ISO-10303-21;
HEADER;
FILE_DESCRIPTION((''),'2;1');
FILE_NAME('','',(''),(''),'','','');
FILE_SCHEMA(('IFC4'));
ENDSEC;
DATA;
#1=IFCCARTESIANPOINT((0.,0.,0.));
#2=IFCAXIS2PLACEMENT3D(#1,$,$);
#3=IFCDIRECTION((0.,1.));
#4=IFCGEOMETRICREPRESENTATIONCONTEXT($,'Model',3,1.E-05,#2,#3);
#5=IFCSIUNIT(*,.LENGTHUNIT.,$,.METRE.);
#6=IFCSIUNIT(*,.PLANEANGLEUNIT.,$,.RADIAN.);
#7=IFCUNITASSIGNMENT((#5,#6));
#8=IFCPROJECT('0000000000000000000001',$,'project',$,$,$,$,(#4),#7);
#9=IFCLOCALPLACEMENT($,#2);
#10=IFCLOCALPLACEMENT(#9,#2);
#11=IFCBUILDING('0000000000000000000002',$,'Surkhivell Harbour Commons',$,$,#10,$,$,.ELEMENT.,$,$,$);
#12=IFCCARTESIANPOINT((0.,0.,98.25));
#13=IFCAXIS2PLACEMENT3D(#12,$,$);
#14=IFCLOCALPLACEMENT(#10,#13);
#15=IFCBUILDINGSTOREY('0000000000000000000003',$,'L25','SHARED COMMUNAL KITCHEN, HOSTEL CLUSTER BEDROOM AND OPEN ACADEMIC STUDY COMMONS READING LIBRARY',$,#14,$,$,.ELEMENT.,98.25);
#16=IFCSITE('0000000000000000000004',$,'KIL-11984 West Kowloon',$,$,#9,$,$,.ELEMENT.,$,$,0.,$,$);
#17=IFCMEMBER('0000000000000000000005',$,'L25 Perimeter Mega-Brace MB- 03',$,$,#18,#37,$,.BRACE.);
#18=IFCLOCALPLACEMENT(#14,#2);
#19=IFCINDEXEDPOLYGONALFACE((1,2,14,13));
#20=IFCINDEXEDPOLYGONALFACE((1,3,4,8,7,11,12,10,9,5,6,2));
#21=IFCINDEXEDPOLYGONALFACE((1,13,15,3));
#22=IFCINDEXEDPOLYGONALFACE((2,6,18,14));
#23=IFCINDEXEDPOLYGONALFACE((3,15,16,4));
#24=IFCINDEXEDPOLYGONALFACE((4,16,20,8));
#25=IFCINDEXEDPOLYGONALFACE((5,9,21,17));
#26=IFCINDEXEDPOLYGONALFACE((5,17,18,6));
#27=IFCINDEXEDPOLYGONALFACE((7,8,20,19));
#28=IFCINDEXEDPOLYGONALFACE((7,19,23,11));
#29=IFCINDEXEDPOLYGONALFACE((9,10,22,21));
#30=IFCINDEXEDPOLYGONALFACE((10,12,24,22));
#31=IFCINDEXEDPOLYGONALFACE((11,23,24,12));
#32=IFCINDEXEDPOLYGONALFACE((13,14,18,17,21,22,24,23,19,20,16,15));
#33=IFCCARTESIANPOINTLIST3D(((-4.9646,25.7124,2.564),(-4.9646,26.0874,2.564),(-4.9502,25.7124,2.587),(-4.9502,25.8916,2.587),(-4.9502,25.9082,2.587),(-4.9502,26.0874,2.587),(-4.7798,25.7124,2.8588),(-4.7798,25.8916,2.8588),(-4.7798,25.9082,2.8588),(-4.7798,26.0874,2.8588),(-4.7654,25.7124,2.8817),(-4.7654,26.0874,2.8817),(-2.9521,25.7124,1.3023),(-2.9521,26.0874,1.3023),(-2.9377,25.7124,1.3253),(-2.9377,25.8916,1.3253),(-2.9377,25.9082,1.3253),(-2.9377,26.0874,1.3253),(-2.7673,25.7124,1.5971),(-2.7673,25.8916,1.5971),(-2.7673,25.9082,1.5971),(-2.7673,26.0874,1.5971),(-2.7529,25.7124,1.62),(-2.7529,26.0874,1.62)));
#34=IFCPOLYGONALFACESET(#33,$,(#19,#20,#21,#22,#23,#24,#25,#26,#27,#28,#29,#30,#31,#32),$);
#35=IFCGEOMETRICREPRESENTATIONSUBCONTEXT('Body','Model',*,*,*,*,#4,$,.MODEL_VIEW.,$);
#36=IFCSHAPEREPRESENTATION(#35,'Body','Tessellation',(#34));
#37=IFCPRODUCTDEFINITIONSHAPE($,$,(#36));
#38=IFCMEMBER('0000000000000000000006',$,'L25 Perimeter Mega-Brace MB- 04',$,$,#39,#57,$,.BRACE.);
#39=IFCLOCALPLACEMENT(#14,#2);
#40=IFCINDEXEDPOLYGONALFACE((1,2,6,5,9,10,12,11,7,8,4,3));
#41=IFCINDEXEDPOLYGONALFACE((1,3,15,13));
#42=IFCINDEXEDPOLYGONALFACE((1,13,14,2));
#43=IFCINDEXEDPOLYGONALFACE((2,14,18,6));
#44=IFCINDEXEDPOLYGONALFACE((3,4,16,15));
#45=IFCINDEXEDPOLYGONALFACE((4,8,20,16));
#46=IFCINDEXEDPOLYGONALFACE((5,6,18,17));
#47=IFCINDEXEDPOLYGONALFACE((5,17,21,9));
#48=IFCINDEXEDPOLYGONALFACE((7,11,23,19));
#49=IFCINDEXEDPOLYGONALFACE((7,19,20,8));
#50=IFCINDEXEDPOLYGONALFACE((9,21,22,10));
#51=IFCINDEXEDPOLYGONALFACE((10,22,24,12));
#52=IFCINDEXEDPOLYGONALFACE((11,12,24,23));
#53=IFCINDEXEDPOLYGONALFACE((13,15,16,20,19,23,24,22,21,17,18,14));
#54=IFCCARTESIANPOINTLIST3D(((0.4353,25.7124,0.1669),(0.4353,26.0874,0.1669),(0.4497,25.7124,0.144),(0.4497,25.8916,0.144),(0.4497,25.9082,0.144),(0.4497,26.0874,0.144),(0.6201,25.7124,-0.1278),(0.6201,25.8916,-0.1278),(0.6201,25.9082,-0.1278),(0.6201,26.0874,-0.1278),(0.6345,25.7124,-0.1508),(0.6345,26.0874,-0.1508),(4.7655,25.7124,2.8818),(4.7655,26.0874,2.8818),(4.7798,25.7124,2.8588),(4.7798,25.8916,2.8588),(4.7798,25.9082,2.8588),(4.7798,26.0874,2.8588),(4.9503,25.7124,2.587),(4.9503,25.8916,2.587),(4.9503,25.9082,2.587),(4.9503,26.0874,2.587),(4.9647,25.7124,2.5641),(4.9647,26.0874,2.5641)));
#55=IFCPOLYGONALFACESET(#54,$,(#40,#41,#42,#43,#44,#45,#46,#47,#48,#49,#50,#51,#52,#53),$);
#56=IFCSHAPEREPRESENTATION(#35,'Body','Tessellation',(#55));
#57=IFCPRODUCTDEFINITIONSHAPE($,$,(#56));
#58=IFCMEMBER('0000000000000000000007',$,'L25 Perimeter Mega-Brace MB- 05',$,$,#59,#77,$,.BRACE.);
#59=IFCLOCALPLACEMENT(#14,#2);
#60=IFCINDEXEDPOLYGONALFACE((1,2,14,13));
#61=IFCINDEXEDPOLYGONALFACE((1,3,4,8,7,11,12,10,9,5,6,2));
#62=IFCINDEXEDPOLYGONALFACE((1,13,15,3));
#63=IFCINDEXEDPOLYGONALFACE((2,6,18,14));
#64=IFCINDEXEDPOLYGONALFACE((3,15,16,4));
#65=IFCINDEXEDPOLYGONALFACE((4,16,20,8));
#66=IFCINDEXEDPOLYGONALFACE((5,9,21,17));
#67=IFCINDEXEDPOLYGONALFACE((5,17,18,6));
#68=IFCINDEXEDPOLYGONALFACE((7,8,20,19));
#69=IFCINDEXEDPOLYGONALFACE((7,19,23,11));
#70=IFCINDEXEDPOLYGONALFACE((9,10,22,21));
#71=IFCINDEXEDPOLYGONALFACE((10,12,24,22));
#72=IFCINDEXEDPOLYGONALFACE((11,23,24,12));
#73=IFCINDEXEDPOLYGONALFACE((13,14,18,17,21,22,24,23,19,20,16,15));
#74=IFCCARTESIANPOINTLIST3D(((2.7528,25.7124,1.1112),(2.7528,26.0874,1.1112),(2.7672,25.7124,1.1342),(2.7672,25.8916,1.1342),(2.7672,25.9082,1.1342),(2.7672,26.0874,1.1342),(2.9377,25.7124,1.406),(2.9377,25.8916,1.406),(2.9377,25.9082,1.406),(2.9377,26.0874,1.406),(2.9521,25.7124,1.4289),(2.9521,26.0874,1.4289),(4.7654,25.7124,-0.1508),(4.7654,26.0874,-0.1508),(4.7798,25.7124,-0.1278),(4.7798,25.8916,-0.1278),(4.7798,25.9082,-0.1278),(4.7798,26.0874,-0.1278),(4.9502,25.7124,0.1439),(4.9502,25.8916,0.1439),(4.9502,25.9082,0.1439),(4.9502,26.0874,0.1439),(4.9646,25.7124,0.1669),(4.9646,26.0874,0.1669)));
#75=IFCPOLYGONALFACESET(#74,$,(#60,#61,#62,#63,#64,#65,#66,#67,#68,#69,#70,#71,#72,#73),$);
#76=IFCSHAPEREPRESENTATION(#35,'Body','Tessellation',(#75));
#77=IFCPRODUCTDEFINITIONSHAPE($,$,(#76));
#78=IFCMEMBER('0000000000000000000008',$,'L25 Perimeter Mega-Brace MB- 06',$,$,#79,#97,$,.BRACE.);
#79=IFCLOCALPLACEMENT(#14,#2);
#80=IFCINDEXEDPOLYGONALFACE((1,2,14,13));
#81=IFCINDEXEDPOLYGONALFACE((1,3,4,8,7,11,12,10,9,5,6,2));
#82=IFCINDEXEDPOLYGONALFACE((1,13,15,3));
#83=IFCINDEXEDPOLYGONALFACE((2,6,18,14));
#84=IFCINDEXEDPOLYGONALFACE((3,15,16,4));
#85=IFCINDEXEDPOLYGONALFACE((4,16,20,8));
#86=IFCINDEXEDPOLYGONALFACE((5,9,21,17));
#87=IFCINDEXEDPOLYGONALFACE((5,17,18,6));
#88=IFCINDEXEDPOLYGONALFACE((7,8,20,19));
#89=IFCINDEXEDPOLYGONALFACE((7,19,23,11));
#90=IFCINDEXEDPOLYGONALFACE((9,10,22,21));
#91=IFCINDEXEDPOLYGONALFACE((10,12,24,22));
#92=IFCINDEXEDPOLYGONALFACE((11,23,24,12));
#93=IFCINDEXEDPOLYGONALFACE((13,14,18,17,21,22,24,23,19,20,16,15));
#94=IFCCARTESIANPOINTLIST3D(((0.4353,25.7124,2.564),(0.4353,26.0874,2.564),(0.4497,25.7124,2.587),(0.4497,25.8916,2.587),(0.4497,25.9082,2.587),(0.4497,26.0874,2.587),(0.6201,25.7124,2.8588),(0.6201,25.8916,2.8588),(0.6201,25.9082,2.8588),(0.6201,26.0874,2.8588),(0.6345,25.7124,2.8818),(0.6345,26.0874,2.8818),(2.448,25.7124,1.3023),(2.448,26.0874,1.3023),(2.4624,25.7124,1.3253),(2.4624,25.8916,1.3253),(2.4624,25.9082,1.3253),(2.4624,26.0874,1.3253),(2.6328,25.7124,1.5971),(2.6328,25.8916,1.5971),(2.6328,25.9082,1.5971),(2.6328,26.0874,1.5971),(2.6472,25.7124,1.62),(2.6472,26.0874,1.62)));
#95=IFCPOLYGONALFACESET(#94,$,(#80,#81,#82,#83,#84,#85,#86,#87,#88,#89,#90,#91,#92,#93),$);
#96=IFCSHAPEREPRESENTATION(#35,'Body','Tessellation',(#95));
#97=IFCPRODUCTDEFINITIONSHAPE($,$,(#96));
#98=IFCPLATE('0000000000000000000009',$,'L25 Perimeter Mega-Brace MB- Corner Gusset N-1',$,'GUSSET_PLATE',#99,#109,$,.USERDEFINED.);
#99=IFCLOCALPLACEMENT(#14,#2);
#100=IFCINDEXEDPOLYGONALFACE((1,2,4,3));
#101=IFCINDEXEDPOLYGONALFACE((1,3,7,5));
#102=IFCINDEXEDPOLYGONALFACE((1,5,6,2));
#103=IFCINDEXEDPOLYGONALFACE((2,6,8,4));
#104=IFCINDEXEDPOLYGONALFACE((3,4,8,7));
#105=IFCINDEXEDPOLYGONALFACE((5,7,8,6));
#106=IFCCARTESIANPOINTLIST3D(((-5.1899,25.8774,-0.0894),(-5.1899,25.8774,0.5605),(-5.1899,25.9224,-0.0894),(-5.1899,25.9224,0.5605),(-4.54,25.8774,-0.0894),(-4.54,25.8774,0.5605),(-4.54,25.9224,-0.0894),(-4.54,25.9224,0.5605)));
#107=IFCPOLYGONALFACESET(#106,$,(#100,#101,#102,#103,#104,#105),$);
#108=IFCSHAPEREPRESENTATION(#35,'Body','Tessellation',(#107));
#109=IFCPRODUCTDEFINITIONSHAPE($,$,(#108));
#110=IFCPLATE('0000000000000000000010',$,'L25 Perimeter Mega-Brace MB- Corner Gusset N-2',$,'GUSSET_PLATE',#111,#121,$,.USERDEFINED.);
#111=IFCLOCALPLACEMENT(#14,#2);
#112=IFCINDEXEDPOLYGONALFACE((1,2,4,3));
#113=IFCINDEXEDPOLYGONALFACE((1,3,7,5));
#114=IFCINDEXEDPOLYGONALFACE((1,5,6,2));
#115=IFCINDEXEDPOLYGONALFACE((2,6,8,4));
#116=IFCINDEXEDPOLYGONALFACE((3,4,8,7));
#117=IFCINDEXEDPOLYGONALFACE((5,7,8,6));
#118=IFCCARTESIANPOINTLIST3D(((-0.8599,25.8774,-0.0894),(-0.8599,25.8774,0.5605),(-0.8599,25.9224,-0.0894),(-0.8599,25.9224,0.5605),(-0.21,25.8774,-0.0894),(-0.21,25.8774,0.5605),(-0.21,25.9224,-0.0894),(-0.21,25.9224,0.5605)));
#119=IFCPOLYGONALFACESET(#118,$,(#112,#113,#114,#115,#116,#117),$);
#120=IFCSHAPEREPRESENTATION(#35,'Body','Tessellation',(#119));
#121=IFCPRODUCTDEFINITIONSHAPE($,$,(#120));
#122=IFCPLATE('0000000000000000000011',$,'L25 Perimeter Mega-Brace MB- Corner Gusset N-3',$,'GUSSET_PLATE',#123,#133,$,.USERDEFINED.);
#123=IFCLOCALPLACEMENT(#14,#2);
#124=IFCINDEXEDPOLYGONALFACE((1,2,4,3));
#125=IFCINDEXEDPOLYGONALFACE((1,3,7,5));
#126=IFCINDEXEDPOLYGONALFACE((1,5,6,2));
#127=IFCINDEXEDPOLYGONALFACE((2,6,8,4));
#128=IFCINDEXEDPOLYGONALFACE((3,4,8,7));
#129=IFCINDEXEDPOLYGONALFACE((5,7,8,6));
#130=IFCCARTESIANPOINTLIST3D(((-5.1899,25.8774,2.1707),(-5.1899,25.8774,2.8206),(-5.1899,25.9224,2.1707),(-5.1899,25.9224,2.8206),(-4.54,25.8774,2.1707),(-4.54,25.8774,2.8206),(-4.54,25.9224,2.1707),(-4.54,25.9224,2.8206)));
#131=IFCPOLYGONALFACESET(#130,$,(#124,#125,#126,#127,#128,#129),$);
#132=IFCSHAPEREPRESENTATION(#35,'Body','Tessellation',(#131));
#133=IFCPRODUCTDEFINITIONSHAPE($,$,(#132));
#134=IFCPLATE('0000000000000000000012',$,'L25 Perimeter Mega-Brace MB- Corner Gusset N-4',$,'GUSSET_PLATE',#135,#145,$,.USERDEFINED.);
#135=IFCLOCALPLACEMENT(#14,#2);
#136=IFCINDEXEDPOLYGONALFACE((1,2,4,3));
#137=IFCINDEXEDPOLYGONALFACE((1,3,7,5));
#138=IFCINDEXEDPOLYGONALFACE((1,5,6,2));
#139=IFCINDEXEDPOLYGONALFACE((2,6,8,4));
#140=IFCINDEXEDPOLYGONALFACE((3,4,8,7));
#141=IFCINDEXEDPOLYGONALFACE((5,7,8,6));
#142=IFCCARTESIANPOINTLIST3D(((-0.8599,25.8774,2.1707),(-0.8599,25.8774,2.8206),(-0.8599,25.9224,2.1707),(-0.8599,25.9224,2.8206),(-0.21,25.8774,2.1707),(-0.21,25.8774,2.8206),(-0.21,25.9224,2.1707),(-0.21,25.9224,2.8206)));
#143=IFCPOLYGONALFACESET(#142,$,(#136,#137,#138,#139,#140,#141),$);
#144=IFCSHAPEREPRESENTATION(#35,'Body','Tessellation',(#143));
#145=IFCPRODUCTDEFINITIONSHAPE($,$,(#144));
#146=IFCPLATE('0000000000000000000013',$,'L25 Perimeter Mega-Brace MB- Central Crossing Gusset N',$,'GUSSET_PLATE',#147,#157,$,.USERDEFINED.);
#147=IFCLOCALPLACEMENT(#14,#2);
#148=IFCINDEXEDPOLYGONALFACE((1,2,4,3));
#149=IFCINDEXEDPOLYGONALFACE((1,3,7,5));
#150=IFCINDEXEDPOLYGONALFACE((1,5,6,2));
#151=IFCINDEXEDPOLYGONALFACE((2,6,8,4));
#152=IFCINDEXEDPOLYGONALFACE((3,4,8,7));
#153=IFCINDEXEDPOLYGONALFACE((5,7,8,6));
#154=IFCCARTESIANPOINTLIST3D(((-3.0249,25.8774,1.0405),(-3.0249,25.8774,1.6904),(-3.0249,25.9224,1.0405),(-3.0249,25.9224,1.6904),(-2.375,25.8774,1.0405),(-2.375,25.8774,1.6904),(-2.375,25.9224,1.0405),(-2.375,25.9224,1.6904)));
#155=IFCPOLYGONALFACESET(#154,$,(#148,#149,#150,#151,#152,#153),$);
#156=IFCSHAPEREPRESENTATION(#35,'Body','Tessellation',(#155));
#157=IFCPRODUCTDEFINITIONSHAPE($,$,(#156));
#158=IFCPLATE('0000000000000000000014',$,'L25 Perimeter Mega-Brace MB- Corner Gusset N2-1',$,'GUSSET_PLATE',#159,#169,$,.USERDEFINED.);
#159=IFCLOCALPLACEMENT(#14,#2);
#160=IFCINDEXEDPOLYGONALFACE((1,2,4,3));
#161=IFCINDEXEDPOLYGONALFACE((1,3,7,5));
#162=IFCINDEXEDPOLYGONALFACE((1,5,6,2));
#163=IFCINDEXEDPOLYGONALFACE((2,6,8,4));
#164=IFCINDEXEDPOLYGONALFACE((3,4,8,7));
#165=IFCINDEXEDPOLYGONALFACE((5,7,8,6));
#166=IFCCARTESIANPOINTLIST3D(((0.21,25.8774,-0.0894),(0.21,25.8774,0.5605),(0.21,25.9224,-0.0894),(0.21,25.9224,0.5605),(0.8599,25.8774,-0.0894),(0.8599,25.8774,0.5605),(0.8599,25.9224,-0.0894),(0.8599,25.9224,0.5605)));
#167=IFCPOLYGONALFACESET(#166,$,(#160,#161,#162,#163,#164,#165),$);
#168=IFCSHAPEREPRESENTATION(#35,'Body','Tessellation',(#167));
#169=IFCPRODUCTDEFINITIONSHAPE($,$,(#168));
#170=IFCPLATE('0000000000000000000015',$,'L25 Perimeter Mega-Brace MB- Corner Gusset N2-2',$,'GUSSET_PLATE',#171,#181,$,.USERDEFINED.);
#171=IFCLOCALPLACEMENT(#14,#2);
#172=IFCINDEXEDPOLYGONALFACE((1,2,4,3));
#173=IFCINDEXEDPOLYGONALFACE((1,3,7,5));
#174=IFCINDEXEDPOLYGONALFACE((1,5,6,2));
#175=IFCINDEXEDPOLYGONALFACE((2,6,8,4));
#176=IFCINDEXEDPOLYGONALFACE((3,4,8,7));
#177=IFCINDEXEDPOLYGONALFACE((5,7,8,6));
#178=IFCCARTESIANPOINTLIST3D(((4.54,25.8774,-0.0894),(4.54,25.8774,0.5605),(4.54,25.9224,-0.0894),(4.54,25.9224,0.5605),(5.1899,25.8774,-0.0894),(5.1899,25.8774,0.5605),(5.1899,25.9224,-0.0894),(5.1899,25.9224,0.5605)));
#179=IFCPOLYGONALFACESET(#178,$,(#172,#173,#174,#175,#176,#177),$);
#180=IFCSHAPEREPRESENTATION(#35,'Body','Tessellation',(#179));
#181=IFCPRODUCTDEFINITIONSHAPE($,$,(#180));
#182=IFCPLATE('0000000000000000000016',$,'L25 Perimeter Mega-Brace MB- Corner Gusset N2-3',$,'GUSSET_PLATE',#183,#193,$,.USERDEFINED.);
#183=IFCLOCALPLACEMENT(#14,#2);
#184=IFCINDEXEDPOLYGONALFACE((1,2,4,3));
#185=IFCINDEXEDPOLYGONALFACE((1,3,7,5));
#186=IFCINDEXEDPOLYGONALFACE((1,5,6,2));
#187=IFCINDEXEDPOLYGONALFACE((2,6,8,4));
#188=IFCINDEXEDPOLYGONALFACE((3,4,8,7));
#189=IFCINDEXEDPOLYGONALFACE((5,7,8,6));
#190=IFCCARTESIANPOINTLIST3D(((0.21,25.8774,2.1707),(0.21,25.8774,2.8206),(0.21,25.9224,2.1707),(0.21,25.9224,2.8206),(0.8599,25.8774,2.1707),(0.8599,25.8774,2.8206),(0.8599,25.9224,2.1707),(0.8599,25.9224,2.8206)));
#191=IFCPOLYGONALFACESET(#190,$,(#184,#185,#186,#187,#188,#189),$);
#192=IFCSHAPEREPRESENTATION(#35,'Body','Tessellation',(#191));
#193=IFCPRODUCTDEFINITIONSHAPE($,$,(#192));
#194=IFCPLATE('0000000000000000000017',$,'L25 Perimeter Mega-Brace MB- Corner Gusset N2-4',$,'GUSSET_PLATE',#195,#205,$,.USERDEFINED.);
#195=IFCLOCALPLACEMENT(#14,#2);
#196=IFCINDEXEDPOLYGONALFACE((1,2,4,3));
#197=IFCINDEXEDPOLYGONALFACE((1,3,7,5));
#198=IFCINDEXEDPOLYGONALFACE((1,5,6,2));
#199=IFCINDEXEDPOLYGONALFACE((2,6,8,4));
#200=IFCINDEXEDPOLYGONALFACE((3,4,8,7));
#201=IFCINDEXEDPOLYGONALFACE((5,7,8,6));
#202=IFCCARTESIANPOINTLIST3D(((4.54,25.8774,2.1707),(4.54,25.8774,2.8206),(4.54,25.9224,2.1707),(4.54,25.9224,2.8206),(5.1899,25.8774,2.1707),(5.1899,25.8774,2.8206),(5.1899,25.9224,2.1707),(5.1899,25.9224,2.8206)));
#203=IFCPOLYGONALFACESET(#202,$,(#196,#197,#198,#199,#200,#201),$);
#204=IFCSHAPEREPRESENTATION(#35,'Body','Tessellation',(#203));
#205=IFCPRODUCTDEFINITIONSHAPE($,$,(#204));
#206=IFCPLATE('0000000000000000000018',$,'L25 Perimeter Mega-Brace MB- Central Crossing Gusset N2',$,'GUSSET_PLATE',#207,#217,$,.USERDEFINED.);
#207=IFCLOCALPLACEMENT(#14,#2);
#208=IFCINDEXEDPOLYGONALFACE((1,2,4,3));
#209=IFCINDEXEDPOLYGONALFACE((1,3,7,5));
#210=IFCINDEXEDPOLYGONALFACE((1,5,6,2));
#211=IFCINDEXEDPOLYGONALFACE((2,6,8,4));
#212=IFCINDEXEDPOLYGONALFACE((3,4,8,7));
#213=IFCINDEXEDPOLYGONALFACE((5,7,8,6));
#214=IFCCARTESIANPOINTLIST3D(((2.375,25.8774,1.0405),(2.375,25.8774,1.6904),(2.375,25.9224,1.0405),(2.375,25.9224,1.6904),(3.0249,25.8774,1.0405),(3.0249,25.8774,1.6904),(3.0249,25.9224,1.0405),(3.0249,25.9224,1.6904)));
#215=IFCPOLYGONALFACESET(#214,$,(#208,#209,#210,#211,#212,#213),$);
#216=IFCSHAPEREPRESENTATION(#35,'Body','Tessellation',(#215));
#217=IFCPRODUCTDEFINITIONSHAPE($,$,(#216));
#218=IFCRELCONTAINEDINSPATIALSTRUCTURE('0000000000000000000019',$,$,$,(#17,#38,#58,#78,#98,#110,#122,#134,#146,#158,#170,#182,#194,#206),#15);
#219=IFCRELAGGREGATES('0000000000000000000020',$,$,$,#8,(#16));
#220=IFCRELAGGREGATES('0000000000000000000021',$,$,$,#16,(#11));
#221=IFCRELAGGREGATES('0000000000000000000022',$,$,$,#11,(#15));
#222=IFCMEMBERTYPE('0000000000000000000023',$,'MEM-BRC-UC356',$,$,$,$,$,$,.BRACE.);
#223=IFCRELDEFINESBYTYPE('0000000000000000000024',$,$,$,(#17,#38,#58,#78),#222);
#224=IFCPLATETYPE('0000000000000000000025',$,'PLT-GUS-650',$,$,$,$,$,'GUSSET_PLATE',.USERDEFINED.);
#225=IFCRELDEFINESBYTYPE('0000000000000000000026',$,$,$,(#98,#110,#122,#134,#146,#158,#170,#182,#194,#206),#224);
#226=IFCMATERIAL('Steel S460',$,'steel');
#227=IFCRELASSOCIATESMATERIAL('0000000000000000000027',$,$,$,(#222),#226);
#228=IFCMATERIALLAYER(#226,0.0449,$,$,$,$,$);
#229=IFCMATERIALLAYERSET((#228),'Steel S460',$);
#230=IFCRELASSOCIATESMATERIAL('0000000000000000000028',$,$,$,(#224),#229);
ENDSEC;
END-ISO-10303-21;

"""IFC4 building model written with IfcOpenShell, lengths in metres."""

from ifc_helpers import new_model, si_unit, direction, frame, origin, origin_2d, place, context, subcontext, project, spatial, rectangle, i_section, extrude, material, layer, layer_set, material_profile, profile_set, type_object, element, save


model = new_model("IFC4")

# Units and contexts
model_context = context("Model", 3, precision=1e-05, world=origin(), true_north=direction((0.0, 1.0)))
body_context = subcontext(model_context, "Body", "Model", "MODEL_VIEW")
ifc_project = project(units=[si_unit("LENGTHUNIT", "METRE"), si_unit("PLANEANGLEUNIT", "RADIAN")], contexts=[model_context])

# Site, building, storey
site_placement = place(None, origin())
site = spatial("IfcSite", under=ifc_project, at=site_placement, Name="KIL-11984 West Kowloon", CompositionType="ELEMENT", RefElevation=0.0)
building_placement = place(site_placement, origin())
building = spatial("IfcBuilding", under=site, at=building_placement, Name="Surkhivell Harbour Commons", CompositionType="ELEMENT")
storey_placement = place(building_placement, frame((0.0, 0.0, 98.25)))
storey = spatial("IfcBuildingStorey", under=building, at=storey_placement, Name="L25", Description="SHARED COMMUNAL KITCHEN, HOSTEL CLUSTER BEDROOM AND OPEN ACADEMIC STUDY COMMONS READING LIBRARY", CompositionType="ELEMENT", Elevation=98.25)

# Shared definitions
ifc_material_1 = material(Name="Steel S460", Category="steel")

# Members
ifc_material_profile_1 = material_profile(ifc_material_1, i_section(OverallWidth=0.375, OverallDepth=0.375, WebThickness=0.0166, FlangeThickness=0.0271, at=origin_2d()), Name="UC356x368x202")
ifc_profile_set_1 = profile_set([ifc_material_profile_1], Name="Steel S460")
member_type_1 = type_object("IfcMemberType", Name="MEM-BRC-UC356", PredefinedType="BRACE", material=ifc_profile_set_1)
member_1_placement = place(storey_placement, frame((-2.8525, 25.8999, 1.4612), z_axis=(-0.847253, 0.0, 0.53119), x_axis=(0.0, -1.0, 0.0)))
element("IfcMember", 1, at=member_1_placement, inside=storey, type_object=member_type_1, Name="L25 Perimeter Mega-Brace MB- 03", PredefinedType="BRACE", context=body_context, shape_type="SweptSolid", body=[
    extrude(i_section(OverallWidth=0.375, OverallDepth=0.375, WebThickness=0.0166, FlangeThickness=0.0271, at=origin_2d()), origin(), (0.0, 0.0, 1.0), 2.3752),
])
member_2_placement = place(storey_placement, frame((0.5349, 25.8999, 0.0081), z_axis=(0.847246, 0.0, 0.531201), x_axis=(0.0, 1.0, 0.0)))
element("IfcMember", 2, at=member_2_placement, inside=storey, type_object=member_type_1, Name="L25 Perimeter Mega-Brace MB- 04", PredefinedType="BRACE", context=body_context, shape_type="SweptSolid", body=[
    extrude(i_section(OverallWidth=0.375, OverallDepth=0.375, WebThickness=0.0166, FlangeThickness=0.0271, at=origin_2d()), origin(), (0.0, 0.0, 1.0), 5.1108),
])
for number, where, z_axis, x_axis, name in (
    (3, (4.865, 25.8999, 0.0081), (-0.847206, 0.0, 0.531264), (0.0, -1.0, 0.0), "L25 Perimeter Mega-Brace MB- 05"),
    (4, (2.5476, 25.8999, 1.4612), (-0.847282, 0.0, 0.531144), (0.0, -1.0, 0.0), "L25 Perimeter Mega-Brace MB- 06"),
):
    element("IfcMember", number, at=place(storey_placement, frame(where, z_axis=z_axis, x_axis=x_axis)), inside=storey, type_object=member_type_1, Name=name, PredefinedType="BRACE", context=body_context, shape_type="SweptSolid", body=[
        extrude(i_section(OverallWidth=0.375, OverallDepth=0.375, WebThickness=0.0166, FlangeThickness=0.0271, at=origin_2d()), origin(), (0.0, 0.0, 1.0), 2.3755),
    ])

# Plates
ifc_layer_1 = layer(ifc_material_1, 0.0449)
ifc_layer_set_1 = layer_set([ifc_layer_1], Name="Steel S460")
plate_type = type_object("IfcPlateType", Name="PLT-GUS-650", ElementType="GUSSET_PLATE", PredefinedType="USERDEFINED", material=ifc_layer_set_1)
for number, where, z_axis, x_axis, name in (
    (5, (-4.865, 25.8999, -0.0894), (0.0, 0.0, 1.0), (1.0, 0.0, 0.0), "L25 Perimeter Mega-Brace MB- Corner Gusset N-1"),
    (6, (-0.5349, 25.8999, -0.0894), (0.0, 0.0, 1.0), (1.0, 0.0, 0.0), "L25 Perimeter Mega-Brace MB- Corner Gusset N-2"),
    (7, (-4.865, 25.8999, 2.1707), (0.0, 0.0, 1.0), (1.0, 0.0, 0.0), "L25 Perimeter Mega-Brace MB- Corner Gusset N-3"),
    (8, (-0.5349, 25.8999, 2.1707), (0.0, 0.0, 1.0), (1.0, 0.0, 0.0), "L25 Perimeter Mega-Brace MB- Corner Gusset N-4"),
    (9, (-2.7, 25.8999, 1.0405), (0.0, 0.0, 1.0), (1.0, 0.0, 0.0), "L25 Perimeter Mega-Brace MB- Central Crossing Gusset N"),
    (10, (0.5349, 25.8999, -0.0894), (0.0, 0.0, 1.0), (1.0, 0.0, 0.0), "L25 Perimeter Mega-Brace MB- Corner Gusset N2-1"),
    (11, (4.865, 25.8999, -0.0894), (0.0, 0.0, 1.0), (1.0, 0.0, 0.0), "L25 Perimeter Mega-Brace MB- Corner Gusset N2-2"),
    (12, (0.5349, 25.8999, 2.1707), (0.0, 0.0, 1.0), (1.0, 0.0, 0.0), "L25 Perimeter Mega-Brace MB- Corner Gusset N2-3"),
    (13, (4.865, 25.8999, 2.1707), (0.0, 0.0, 1.0), (1.0, 0.0, 0.0), "L25 Perimeter Mega-Brace MB- Corner Gusset N2-4"),
    (14, (2.7, 25.8999, 1.0405), (0.0, 0.0, 1.0), (1.0, 0.0, 0.0), "L25 Perimeter Mega-Brace MB- Central Crossing Gusset N2"),
):
    element("IfcPlate", number, at=place(storey_placement, frame(where, z_axis=z_axis, x_axis=x_axis)), inside=storey, type_object=plate_type, Name=name, ObjectType="GUSSET_PLATE", PredefinedType="USERDEFINED", context=body_context, shape_type="SweptSolid", body=[
        extrude(rectangle(XDim=0.6499, YDim=0.0449, at=origin_2d()), origin(), (0.0, 0.0, 1.0), 0.6499),
    ])

save(model, "model.ifc")
